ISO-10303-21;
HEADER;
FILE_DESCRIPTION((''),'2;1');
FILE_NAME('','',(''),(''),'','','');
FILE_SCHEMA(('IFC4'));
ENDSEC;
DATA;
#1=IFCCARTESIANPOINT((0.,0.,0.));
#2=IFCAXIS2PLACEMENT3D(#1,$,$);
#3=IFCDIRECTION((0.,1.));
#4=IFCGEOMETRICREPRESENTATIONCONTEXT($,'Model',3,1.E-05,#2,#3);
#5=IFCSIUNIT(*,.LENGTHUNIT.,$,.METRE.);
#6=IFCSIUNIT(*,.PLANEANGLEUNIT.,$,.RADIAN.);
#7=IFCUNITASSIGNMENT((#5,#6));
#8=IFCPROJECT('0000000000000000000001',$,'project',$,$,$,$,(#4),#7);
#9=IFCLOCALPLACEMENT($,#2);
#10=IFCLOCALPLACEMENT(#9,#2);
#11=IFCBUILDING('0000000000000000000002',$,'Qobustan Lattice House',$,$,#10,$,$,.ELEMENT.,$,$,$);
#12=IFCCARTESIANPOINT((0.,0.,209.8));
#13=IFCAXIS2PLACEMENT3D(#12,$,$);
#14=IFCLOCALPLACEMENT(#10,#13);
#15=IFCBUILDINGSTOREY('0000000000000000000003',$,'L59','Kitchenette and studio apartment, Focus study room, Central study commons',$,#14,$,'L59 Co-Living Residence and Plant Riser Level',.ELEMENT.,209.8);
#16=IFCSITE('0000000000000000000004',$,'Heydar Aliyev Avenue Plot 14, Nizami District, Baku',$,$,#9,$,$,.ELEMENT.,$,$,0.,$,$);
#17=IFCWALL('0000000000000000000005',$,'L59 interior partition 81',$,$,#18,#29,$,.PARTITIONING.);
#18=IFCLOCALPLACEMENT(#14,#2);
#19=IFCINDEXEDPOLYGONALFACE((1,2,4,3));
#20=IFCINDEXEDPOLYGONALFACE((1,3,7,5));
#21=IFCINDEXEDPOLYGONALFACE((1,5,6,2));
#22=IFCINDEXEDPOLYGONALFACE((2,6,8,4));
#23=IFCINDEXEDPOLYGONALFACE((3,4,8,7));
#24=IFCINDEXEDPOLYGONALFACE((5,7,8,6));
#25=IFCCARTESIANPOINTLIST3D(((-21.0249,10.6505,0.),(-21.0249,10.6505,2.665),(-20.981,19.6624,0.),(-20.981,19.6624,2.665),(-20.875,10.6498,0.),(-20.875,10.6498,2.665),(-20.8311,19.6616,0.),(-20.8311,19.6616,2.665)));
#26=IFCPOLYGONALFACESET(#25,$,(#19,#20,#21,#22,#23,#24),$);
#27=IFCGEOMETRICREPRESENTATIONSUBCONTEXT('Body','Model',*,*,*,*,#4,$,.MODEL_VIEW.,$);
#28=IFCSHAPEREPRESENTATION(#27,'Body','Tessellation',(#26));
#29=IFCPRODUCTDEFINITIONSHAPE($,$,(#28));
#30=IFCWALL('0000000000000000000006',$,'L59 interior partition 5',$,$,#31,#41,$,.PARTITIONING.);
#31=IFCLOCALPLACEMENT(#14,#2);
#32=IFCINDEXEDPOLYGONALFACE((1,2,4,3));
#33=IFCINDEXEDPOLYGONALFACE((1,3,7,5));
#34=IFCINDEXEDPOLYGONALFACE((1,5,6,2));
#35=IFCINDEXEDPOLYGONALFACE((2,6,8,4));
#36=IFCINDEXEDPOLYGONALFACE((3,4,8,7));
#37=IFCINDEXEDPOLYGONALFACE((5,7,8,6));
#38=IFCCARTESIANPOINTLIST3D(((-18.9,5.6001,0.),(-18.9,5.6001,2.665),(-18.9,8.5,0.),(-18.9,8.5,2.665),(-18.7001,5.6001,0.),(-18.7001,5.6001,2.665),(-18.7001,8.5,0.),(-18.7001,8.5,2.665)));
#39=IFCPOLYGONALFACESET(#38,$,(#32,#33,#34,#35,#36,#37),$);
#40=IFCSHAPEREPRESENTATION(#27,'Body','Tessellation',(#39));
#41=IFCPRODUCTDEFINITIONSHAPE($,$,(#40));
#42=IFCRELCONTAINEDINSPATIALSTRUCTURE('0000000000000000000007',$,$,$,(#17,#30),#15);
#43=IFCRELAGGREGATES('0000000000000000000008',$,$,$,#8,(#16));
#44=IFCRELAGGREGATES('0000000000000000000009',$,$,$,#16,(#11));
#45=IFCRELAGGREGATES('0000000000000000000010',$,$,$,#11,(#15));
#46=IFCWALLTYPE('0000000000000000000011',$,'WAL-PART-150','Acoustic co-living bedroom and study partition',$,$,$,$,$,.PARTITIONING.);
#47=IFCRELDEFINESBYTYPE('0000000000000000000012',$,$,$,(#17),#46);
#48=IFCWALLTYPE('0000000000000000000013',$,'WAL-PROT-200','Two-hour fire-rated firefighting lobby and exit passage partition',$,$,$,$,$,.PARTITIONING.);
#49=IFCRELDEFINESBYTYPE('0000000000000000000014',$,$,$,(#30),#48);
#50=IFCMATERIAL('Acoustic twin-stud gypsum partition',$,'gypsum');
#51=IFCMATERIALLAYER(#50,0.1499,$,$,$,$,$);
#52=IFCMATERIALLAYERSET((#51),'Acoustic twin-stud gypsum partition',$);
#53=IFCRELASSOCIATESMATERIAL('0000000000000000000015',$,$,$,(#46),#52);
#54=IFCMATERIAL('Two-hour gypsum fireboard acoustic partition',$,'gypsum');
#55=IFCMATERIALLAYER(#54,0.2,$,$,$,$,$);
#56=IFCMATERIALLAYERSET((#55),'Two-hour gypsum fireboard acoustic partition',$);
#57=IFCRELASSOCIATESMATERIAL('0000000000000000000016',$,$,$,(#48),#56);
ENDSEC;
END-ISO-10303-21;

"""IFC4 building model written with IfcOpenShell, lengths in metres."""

from ifc_helpers import new_model, si_unit, direction, frame, frame_2d, origin, place, context, subcontext, project, spatial, rectangle, extrude, material, layer, layer_set, type_object, element, save


model = new_model("IFC4")

# Units and contexts
model_context = context("Model", 3, precision=1e-05, world=origin(), true_north=direction((0.0, 1.0)))
body_context = subcontext(model_context, "Body", "Model", "MODEL_VIEW")
ifc_project = project(units=[si_unit("LENGTHUNIT", "METRE"), si_unit("PLANEANGLEUNIT", "RADIAN")], contexts=[model_context])

# Site, building, storey
site_placement = place(None, origin())
site = spatial("IfcSite", under=ifc_project, at=site_placement, Name="Heydar Aliyev Avenue Plot 14, Nizami District, Baku", CompositionType="ELEMENT", RefElevation=0.0)
building_placement = place(site_placement, origin())
building = spatial("IfcBuilding", under=site, at=building_placement, Name="Qobustan Lattice House", CompositionType="ELEMENT")
storey_placement = place(building_placement, frame((0.0, 0.0, 209.8)))
storey = spatial("IfcBuildingStorey", under=building, at=storey_placement, Name="L59", Description="Kitchenette and studio apartment, Focus study room, Central study commons", LongName="L59 Co-Living Residence and Plant Riser Level", CompositionType="ELEMENT", Elevation=209.8)

# Shared definitions
ifc_material_1 = material(Name="Acoustic twin-stud gypsum partition", Category="gypsum")
ifc_layer_1 = layer(ifc_material_1, 0.1499)
ifc_layer_set_1 = layer_set([ifc_layer_1], Name="Acoustic twin-stud gypsum partition")
wall_type_1 = type_object("IfcWallType", Name="WAL-PART-150", Description="Acoustic co-living bedroom and study partition", PredefinedType="PARTITIONING", material=ifc_layer_set_1)

# Walls
wall_1_placement = place(storey_placement, frame((-20.906, 19.6619, 0.0), z_axis=(0.0, 0.0, 1.0), x_axis=(-0.004876, -0.999988, 0.0)))
element("IfcWall", 1, at=wall_1_placement, inside=storey, type_object=wall_type_1, Name="L59 interior partition 81", PredefinedType="PARTITIONING", context=body_context, shape_type="SweptSolid", body=[
    extrude(rectangle(XDim=9.012, YDim=0.1499, at=frame_2d((4.5059, 0.0))), origin(), (0.0, 0.0, 1.0), 2.665),
])
ifc_material_2 = material(Name="Two-hour gypsum fireboard acoustic partition", Category="gypsum")
ifc_layer_2 = layer(ifc_material_2, 0.2)
ifc_layer_set_2 = layer_set([ifc_layer_2], Name="Two-hour gypsum fireboard acoustic partition")
wall_type_2 = type_object("IfcWallType", Name="WAL-PROT-200", Description="Two-hour fire-rated firefighting lobby and exit passage partition", PredefinedType="PARTITIONING", material=ifc_layer_set_2)
wall_2_placement = place(storey_placement, frame((-18.8, 8.5, 0.0), z_axis=(0.0, 0.0, 1.0), x_axis=(0.0, -1.0, 0.0)))
element("IfcWall", 2, at=wall_2_placement, inside=storey, type_object=wall_type_2, Name="L59 interior partition 5", PredefinedType="PARTITIONING", context=body_context, shape_type="SweptSolid", body=[
    extrude(rectangle(XDim=2.8999, YDim=0.2, at=frame_2d((1.45, 0.0))), origin(), (0.0, 0.0, 1.0), 2.665),
])

save(model, "model.ifc")
